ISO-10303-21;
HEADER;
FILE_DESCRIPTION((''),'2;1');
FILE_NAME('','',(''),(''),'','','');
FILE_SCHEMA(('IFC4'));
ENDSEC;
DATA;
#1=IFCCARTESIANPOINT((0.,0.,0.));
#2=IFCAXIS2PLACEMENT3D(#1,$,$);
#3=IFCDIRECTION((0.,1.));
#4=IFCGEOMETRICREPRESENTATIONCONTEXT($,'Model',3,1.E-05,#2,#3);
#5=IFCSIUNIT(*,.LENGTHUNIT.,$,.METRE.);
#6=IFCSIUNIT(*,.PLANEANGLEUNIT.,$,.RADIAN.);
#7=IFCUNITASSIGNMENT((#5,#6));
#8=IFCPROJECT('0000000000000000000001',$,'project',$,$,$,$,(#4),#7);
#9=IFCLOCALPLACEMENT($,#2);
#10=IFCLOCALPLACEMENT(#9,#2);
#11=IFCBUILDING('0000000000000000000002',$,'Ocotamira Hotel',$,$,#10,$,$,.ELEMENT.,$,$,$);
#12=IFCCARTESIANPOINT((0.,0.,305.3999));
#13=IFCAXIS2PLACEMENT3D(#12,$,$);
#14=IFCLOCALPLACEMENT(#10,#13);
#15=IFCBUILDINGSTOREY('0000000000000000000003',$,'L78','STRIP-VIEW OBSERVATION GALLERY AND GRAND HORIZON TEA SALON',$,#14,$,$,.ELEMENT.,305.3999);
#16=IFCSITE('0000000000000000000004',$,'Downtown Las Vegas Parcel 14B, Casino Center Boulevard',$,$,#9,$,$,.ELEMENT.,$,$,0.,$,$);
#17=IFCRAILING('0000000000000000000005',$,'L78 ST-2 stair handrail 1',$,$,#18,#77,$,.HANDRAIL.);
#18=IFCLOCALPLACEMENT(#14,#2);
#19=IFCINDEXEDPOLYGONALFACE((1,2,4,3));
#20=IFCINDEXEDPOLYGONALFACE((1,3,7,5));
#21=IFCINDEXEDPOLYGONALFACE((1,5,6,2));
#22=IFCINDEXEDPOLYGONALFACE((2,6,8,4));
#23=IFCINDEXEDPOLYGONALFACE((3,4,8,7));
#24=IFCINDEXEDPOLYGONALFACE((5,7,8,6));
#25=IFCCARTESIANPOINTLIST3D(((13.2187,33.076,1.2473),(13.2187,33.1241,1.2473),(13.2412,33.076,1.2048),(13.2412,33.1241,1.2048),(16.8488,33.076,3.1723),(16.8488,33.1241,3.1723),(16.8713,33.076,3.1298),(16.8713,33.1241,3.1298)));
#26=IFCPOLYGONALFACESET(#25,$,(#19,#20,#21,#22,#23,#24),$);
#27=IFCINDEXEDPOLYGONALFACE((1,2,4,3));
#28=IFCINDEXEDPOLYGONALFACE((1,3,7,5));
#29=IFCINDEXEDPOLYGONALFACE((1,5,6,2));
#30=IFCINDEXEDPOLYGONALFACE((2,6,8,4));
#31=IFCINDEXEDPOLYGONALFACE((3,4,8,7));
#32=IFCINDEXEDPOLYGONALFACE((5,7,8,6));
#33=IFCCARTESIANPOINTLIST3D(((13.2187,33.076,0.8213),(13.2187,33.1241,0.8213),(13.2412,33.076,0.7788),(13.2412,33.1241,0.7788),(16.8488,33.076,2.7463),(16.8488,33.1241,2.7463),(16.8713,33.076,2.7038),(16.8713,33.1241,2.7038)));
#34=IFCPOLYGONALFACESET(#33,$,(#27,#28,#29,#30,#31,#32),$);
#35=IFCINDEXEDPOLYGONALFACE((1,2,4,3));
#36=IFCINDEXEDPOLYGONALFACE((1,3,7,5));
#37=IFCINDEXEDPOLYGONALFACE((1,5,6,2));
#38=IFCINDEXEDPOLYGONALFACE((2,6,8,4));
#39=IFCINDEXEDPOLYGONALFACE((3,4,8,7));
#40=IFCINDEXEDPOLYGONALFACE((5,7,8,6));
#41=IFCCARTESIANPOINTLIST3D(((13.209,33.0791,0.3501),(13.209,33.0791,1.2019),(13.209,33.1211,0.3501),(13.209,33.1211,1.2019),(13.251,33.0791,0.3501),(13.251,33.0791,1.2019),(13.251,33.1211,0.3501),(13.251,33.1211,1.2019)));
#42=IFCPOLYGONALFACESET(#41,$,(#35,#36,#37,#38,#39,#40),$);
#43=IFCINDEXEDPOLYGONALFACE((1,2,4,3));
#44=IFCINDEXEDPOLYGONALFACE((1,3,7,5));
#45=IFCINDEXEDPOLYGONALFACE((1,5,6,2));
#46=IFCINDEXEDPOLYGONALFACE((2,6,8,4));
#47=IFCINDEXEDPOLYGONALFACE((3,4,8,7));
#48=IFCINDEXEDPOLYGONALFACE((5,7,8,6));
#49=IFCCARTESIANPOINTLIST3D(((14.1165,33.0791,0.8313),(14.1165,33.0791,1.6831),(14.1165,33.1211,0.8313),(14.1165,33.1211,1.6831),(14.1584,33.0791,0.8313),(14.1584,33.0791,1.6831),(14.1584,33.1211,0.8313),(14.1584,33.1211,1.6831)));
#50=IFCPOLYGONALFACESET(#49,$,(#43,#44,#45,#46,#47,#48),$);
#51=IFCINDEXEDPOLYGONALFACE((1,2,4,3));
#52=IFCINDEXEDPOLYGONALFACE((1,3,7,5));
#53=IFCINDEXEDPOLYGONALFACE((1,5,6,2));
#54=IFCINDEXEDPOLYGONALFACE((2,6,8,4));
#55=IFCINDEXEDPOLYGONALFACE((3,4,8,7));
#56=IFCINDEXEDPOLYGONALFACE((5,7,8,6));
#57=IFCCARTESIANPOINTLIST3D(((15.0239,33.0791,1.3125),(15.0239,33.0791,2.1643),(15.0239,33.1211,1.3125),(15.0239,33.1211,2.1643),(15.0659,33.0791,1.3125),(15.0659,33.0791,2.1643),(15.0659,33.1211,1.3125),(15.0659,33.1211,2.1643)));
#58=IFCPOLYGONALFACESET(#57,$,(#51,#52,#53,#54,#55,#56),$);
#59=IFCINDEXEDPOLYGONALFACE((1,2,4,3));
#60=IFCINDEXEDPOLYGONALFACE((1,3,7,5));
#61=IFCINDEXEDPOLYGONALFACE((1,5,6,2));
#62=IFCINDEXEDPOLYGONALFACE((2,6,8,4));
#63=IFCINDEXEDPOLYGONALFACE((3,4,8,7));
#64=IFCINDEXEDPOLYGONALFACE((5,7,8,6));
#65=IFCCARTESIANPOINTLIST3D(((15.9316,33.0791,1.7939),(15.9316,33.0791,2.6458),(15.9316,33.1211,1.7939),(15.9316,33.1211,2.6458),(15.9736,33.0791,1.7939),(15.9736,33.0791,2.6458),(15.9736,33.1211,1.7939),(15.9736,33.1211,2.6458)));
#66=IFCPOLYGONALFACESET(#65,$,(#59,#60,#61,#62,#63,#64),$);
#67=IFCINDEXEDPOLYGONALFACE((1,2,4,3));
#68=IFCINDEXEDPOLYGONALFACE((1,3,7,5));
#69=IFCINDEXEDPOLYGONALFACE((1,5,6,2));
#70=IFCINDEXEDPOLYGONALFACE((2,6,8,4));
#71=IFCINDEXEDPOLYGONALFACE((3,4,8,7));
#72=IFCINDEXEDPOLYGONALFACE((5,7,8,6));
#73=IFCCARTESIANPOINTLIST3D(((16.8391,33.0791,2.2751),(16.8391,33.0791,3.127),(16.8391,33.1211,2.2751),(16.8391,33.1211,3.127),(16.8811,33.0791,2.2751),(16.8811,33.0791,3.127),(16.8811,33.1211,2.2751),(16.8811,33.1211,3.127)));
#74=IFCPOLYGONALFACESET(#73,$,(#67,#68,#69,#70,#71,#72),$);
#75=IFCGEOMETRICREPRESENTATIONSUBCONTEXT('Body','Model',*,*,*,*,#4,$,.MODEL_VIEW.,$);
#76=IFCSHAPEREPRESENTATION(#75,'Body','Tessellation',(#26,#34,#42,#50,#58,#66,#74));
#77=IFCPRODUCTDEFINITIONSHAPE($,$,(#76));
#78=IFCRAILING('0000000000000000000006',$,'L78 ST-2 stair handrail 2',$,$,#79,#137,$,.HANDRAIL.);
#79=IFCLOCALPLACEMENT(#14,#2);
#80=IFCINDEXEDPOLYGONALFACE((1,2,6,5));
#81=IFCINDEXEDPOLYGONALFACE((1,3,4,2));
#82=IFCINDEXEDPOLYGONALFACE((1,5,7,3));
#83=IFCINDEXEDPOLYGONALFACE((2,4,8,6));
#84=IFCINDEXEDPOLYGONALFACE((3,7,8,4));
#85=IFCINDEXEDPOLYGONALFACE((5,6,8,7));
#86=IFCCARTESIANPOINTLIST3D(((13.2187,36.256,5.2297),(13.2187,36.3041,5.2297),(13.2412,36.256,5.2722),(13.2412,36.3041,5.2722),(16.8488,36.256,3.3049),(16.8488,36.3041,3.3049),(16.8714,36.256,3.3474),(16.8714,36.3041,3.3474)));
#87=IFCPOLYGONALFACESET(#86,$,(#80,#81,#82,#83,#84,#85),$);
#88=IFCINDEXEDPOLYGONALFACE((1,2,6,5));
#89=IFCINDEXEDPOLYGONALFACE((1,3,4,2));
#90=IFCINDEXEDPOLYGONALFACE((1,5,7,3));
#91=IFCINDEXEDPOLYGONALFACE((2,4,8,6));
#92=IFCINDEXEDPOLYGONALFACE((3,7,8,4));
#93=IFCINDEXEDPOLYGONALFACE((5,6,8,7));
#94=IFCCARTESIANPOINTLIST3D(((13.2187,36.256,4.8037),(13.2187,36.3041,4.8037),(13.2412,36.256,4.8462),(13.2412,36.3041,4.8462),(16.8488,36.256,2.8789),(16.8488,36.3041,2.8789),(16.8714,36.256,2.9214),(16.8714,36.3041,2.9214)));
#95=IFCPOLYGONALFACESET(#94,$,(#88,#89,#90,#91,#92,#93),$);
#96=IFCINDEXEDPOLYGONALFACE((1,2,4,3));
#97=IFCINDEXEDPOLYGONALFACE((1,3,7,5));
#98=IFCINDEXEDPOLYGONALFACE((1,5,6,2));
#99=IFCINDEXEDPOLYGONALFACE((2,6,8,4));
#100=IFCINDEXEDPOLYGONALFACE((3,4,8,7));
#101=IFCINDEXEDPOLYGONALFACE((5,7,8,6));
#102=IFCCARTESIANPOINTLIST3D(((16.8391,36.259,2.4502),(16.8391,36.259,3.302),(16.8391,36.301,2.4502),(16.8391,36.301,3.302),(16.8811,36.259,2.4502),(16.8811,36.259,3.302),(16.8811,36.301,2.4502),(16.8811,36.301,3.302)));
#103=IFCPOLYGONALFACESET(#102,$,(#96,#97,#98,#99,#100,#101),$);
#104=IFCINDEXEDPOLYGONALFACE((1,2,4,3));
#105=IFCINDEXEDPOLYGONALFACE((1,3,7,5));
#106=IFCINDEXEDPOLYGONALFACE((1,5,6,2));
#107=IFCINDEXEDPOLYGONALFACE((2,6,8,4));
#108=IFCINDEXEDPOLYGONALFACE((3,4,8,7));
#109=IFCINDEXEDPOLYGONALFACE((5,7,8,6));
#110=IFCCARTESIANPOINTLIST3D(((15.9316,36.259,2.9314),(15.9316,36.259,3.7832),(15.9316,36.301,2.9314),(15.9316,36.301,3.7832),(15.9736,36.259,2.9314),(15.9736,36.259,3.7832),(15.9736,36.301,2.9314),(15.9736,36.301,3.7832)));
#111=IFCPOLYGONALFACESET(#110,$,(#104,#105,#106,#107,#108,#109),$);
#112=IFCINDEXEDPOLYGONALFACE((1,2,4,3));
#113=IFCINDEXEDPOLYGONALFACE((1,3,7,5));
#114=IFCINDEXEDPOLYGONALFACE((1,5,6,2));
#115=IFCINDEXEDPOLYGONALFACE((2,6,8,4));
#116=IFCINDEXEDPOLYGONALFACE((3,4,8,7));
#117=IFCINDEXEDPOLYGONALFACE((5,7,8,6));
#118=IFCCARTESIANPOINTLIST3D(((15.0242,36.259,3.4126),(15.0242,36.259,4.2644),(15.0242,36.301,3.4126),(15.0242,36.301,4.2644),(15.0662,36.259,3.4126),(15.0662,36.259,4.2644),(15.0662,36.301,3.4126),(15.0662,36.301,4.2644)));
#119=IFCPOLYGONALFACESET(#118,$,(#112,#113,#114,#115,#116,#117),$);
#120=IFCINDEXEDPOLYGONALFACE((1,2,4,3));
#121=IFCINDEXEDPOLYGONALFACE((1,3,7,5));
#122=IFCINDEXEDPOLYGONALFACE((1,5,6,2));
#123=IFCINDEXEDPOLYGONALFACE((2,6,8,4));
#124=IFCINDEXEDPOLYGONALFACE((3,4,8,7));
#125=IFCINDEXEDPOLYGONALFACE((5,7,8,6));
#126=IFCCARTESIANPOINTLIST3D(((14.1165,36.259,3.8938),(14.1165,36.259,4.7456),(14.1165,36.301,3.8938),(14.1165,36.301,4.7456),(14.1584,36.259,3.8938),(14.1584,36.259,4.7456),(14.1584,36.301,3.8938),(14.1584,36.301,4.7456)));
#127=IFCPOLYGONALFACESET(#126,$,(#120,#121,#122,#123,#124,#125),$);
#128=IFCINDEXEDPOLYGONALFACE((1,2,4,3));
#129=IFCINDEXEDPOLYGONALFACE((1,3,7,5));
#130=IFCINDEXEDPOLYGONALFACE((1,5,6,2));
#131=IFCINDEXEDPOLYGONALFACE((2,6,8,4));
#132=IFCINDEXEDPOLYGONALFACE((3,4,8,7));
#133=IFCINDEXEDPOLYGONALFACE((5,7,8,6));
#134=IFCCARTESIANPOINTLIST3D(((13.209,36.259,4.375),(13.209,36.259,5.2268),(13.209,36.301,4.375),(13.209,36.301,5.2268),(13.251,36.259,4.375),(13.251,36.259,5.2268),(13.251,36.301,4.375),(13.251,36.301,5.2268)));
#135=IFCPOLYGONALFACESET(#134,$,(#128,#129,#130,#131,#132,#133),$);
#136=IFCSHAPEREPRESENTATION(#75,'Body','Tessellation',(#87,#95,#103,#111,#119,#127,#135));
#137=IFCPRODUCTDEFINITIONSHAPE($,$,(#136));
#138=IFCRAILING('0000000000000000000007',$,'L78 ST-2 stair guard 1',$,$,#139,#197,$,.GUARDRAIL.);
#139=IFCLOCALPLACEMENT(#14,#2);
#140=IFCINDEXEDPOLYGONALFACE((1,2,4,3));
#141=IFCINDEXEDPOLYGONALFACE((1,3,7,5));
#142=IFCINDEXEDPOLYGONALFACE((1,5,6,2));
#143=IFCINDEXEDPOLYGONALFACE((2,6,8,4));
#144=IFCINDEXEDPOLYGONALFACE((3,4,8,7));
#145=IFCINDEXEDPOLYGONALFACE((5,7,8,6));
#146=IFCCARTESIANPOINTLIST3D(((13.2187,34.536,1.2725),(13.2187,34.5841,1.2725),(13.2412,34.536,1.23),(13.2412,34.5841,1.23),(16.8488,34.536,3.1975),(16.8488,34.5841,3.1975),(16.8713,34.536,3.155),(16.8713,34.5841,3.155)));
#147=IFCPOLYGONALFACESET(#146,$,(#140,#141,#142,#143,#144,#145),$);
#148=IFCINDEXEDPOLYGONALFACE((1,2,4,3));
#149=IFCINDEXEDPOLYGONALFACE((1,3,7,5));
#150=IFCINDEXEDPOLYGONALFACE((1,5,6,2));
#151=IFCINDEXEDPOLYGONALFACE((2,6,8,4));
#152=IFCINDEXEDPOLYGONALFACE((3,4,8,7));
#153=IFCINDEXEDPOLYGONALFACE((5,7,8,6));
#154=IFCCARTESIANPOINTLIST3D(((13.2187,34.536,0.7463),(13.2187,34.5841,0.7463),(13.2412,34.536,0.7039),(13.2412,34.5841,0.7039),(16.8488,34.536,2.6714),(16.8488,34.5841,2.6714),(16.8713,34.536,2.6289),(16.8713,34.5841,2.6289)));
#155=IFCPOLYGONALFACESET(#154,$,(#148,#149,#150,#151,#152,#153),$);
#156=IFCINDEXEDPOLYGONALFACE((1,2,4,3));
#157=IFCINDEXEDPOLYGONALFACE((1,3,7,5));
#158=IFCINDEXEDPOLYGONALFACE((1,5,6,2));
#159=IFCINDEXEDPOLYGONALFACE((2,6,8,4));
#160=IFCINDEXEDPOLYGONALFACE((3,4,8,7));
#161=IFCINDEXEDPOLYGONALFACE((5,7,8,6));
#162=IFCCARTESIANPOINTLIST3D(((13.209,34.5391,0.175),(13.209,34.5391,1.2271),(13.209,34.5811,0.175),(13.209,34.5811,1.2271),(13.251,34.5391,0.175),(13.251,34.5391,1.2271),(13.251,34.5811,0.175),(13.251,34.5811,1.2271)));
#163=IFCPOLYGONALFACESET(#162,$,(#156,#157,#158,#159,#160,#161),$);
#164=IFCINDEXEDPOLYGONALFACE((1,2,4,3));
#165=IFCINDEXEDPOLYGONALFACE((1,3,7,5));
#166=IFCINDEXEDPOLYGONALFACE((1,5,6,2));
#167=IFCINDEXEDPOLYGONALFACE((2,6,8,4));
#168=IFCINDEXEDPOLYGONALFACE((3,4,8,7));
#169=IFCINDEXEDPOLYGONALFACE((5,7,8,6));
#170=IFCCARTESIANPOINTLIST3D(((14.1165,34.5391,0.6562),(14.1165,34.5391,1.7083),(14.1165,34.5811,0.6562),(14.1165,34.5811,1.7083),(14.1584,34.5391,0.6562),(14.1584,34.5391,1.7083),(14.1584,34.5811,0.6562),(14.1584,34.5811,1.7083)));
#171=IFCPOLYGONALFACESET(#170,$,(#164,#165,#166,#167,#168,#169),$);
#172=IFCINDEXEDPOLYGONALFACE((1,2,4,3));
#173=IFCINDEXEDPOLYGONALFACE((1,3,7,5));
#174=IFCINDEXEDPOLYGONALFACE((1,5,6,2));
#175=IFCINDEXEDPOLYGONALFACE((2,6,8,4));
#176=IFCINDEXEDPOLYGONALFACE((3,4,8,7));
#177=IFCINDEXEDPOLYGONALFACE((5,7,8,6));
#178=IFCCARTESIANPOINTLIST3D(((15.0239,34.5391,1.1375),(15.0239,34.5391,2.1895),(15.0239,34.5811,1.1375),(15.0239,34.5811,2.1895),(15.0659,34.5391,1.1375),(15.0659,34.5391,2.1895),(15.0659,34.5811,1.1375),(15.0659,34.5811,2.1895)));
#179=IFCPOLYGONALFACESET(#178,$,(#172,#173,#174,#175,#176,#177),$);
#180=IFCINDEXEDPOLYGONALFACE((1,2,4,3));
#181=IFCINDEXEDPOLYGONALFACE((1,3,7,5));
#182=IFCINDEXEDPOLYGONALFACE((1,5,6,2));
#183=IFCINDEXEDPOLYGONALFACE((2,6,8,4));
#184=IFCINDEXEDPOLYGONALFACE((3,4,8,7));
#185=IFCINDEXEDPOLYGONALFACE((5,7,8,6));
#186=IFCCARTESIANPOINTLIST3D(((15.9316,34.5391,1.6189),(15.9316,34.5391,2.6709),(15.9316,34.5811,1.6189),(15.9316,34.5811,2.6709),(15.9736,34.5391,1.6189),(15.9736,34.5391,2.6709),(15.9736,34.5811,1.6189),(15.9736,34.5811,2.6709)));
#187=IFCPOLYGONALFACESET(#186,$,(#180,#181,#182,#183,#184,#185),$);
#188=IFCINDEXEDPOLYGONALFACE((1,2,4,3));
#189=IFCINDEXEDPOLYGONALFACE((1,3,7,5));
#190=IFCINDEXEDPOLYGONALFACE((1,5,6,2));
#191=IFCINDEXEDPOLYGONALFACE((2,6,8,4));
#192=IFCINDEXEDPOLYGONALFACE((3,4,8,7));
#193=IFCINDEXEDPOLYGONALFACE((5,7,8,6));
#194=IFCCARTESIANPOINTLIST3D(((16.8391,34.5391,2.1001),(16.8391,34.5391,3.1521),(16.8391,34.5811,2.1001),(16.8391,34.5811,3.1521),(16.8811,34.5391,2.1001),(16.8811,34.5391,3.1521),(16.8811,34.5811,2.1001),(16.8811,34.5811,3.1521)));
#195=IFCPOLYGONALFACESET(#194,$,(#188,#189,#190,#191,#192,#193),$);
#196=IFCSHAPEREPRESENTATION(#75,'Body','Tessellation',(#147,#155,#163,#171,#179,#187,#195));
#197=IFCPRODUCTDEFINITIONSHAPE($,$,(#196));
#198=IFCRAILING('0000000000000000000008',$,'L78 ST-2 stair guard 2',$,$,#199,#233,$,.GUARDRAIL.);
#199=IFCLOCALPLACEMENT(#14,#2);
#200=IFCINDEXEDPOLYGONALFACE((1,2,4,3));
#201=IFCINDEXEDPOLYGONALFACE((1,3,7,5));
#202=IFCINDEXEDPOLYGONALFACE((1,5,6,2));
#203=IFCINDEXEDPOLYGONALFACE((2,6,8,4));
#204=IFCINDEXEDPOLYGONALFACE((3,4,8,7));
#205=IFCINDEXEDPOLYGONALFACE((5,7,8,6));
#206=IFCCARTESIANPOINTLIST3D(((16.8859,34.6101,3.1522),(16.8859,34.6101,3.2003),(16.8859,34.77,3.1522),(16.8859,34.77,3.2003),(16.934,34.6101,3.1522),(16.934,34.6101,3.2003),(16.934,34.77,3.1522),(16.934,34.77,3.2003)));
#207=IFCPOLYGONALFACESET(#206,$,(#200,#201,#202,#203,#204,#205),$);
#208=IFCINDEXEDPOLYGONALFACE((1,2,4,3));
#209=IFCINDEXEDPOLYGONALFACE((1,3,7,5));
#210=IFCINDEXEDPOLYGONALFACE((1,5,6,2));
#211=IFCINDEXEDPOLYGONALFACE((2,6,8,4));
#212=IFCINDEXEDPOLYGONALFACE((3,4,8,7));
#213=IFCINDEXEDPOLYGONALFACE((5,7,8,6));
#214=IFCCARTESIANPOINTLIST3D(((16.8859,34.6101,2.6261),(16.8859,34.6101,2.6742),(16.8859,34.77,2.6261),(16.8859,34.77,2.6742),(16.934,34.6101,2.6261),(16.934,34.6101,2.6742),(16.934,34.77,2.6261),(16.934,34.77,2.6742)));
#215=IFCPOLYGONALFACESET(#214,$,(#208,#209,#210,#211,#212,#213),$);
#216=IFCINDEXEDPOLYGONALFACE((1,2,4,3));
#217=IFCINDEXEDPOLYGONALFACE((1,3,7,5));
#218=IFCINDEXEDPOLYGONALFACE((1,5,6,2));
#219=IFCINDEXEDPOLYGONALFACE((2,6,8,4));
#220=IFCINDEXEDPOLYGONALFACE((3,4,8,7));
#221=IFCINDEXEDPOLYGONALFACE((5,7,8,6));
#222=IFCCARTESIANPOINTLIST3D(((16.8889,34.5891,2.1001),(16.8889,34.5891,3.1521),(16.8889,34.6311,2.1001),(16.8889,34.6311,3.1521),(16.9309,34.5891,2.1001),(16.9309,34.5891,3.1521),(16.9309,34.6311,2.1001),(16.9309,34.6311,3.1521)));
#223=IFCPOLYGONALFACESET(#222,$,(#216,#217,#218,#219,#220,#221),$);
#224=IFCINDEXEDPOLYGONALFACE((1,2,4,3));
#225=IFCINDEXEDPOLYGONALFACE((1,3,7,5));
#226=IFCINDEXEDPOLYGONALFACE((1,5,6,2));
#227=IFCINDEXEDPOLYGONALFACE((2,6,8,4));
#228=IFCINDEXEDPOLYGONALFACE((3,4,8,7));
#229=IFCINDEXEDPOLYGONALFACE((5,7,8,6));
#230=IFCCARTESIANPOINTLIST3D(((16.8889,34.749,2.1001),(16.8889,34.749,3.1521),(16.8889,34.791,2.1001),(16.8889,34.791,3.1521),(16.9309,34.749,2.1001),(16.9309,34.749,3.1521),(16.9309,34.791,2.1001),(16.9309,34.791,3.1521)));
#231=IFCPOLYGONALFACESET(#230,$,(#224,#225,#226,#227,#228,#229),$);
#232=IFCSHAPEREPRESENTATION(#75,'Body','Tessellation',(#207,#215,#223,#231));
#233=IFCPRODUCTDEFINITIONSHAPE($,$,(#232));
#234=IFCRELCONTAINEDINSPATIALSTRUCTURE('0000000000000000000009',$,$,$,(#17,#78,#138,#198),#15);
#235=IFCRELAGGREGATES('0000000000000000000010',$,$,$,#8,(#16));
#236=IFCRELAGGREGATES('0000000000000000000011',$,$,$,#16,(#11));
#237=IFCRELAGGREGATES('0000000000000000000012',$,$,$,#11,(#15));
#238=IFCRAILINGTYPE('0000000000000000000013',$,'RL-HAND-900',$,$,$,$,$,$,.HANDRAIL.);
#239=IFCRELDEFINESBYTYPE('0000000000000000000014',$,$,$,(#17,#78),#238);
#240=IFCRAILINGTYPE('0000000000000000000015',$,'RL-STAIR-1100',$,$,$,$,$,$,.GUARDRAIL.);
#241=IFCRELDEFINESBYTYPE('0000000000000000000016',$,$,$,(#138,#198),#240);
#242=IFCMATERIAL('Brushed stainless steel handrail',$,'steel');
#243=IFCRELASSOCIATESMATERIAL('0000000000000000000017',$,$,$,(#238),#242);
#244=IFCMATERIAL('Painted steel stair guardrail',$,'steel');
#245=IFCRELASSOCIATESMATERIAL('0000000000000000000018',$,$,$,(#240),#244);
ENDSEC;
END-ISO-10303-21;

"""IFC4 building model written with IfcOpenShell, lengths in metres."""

from ifc_helpers import new_model, si_unit, direction, frame, origin, origin_2d, place, context, subcontext, project, spatial, rectangle, extrude, material, type_object, element, save


model = new_model("IFC4")

# Units and contexts
model_context = context("Model", 3, precision=1e-05, world=origin(), true_north=direction((0.0, 1.0)))
body_context = subcontext(model_context, "Body", "Model", "MODEL_VIEW")
ifc_project = project(units=[si_unit("LENGTHUNIT", "METRE"), si_unit("PLANEANGLEUNIT", "RADIAN")], contexts=[model_context])

# Site, building, storey
site_placement = place(None, origin())
site = spatial("IfcSite", under=ifc_project, at=site_placement, Name="Downtown Las Vegas Parcel 14B, Casino Center Boulevard", CompositionType="ELEMENT", RefElevation=0.0)
building_placement = place(site_placement, origin())
building = spatial("IfcBuilding", under=site, at=building_placement, Name="Ocotamira Hotel", CompositionType="ELEMENT")
storey_placement = place(building_placement, frame((0.0, 0.0, 305.3999)))
storey = spatial("IfcBuildingStorey", under=building, at=storey_placement, Name="L78", Description="STRIP-VIEW OBSERVATION GALLERY AND GRAND HORIZON TEA SALON", CompositionType="ELEMENT", Elevation=305.3999)

# Railings
ifc_material_1 = material(Name="Brushed stainless steel handrail", Category="steel")
railing_type_1 = type_object("IfcRailingType", Name="RL-HAND-900", PredefinedType="HANDRAIL", material=ifc_material_1)
railing_1_placement = place(storey_placement, frame((13.23, 33.1001, 0.3501)))
element("IfcRailing", 1, at=railing_1_placement, inside=storey, type_object=railing_type_1, Name="L78 ST-2 stair handrail 1", PredefinedType="HANDRAIL", context=body_context, shape_type="SweptSolid", body=[
    extrude(rectangle(XDim=0.0481, YDim=0.0481, at=origin_2d()), frame((0.0, 0.0, 0.876), z_axis=(0.883464, 0.0, 0.468499), x_axis=(0.0, 1.0, 0.0)), (0.0, 0.0, 1.0), 4.1089),
    extrude(rectangle(XDim=0.0481, YDim=0.0481, at=origin_2d()), frame((0.0, 0.0, 0.45), z_axis=(0.883464, 0.0, 0.468499), x_axis=(0.0, 1.0, 0.0)), (0.0, 0.0, 1.0), 4.1089),
    extrude(rectangle(XDim=0.042, YDim=0.042, at=origin_2d()), origin(), (0.0, 0.0, 1.0), 0.8518),
    extrude(rectangle(XDim=0.042, YDim=0.042, at=origin_2d()), frame((0.9075, 0.0, 0.4812)), (0.0, 0.0, 1.0), 0.8518),
    extrude(rectangle(XDim=0.042, YDim=0.042, at=origin_2d()), frame((1.8149, 0.0, 0.9624)), (0.0, 0.0, 1.0), 0.8518),
    extrude(rectangle(XDim=0.042, YDim=0.042, at=origin_2d()), frame((2.7227, 0.0, 1.4438)), (0.0, 0.0, 1.0), 0.8518),
    extrude(rectangle(XDim=0.042, YDim=0.042, at=origin_2d()), frame((3.6301, 0.0, 1.925)), (0.0, 0.0, 1.0), 0.8518),
])
railing_2_placement = place(storey_placement, frame((16.8601, 36.28, 2.4502)))
element("IfcRailing", 2, at=railing_2_placement, inside=storey, type_object=railing_type_1, Name="L78 ST-2 stair handrail 2", PredefinedType="HANDRAIL", context=body_context, shape_type="SweptSolid", body=[
    extrude(rectangle(XDim=0.0481, YDim=0.0481, at=origin_2d()), frame((0.0, 0.0, 0.876), z_axis=(-0.883489, 0.0, 0.468453), x_axis=(0.0, -1.0, 0.0)), (0.0, 0.0, 1.0), 4.1089),
    extrude(rectangle(XDim=0.0481, YDim=0.0481, at=origin_2d()), frame((0.0, 0.0, 0.45), z_axis=(-0.883489, 0.0, 0.468453), x_axis=(0.0, -1.0, 0.0)), (0.0, 0.0, 1.0), 4.1089),
    extrude(rectangle(XDim=0.042, YDim=0.042, at=origin_2d()), origin(), (0.0, 0.0, 1.0), 0.8518),
    extrude(rectangle(XDim=0.042, YDim=0.042, at=origin_2d()), frame((-0.9075, 0.0, 0.4812)), (0.0, 0.0, 1.0), 0.8518),
    extrude(rectangle(XDim=0.042, YDim=0.042, at=origin_2d()), frame((-1.8149, 0.0, 0.9624)), (0.0, 0.0, 1.0), 0.8518),
    extrude(rectangle(XDim=0.042, YDim=0.042, at=origin_2d()), frame((-2.7227, 0.0, 1.4436)), (0.0, 0.0, 1.0), 0.8518),
    extrude(rectangle(XDim=0.042, YDim=0.042, at=origin_2d()), frame((-3.6301, 0.0, 1.9248)), (0.0, 0.0, 1.0), 0.8518),
])
ifc_material_2 = material(Name="Painted steel stair guardrail", Category="steel")
railing_type_2 = type_object("IfcRailingType", Name="RL-STAIR-1100", PredefinedType="GUARDRAIL", material=ifc_material_2)
railing_3_placement = place(storey_placement, frame((13.23, 34.5601, 0.175)))
element("IfcRailing", 3, at=railing_3_placement, inside=storey, type_object=railing_type_2, Name="L78 ST-2 stair guard 1", PredefinedType="GUARDRAIL", context=body_context, shape_type="SweptSolid", body=[
    extrude(rectangle(XDim=0.0481, YDim=0.0481, at=origin_2d()), frame((0.0, 0.0, 1.0762), z_axis=(0.883464, 0.0, 0.468499), x_axis=(0.0, 1.0, 0.0)), (0.0, 0.0, 1.0), 4.1089),
    extrude(rectangle(XDim=0.0481, YDim=0.0481, at=origin_2d()), frame((0.0, 0.0, 0.55), z_axis=(0.883464, 0.0, 0.468499), x_axis=(0.0, 1.0, 0.0)), (0.0, 0.0, 1.0), 4.1089),
    extrude(rectangle(XDim=0.042, YDim=0.042, at=origin_2d()), origin(), (0.0, 0.0, 1.0), 1.052),
    extrude(rectangle(XDim=0.042, YDim=0.042, at=origin_2d()), frame((0.9075, 0.0, 0.4812)), (0.0, 0.0, 1.0), 1.052),
    extrude(rectangle(XDim=0.042, YDim=0.042, at=origin_2d()), frame((1.8149, 0.0, 0.9624)), (0.0, 0.0, 1.0), 1.052),
    extrude(rectangle(XDim=0.042, YDim=0.042, at=origin_2d()), frame((2.7227, 0.0, 1.4438)), (0.0, 0.0, 1.0), 1.052),
    extrude(rectangle(XDim=0.042, YDim=0.042, at=origin_2d()), frame((3.6301, 0.0, 1.925)), (0.0, 0.0, 1.0), 1.052),
])
railing_4_placement = place(storey_placement, frame((16.9099, 34.6101, 2.1001)))
element("IfcRailing", 4, at=railing_4_placement, inside=storey, type_object=railing_type_2, Name="L78 ST-2 stair guard 2", PredefinedType="GUARDRAIL", context=body_context, shape_type="SweptSolid", body=[
    extrude(rectangle(XDim=0.0481, YDim=0.0481, at=origin_2d()), frame((0.0, 0.0, 1.0762), z_axis=(0.0, 1.0, 0.0), x_axis=(-1.0, 0.0, 0.0)), (0.0, 0.0, 1.0), 0.1599),
    extrude(rectangle(XDim=0.0481, YDim=0.0481, at=origin_2d()), frame((0.0, 0.0, 0.55), z_axis=(0.0, 1.0, 0.0), x_axis=(-1.0, 0.0, 0.0)), (0.0, 0.0, 1.0), 0.1599),
    extrude(rectangle(XDim=0.042, YDim=0.042, at=origin_2d()), origin(), (0.0, 0.0, 1.0), 1.052),
    extrude(rectangle(XDim=0.042, YDim=0.042, at=origin_2d()), frame((0.0, 0.1599, 0.0)), (0.0, 0.0, 1.0), 1.052),
])

save(model, "model.ifc")
